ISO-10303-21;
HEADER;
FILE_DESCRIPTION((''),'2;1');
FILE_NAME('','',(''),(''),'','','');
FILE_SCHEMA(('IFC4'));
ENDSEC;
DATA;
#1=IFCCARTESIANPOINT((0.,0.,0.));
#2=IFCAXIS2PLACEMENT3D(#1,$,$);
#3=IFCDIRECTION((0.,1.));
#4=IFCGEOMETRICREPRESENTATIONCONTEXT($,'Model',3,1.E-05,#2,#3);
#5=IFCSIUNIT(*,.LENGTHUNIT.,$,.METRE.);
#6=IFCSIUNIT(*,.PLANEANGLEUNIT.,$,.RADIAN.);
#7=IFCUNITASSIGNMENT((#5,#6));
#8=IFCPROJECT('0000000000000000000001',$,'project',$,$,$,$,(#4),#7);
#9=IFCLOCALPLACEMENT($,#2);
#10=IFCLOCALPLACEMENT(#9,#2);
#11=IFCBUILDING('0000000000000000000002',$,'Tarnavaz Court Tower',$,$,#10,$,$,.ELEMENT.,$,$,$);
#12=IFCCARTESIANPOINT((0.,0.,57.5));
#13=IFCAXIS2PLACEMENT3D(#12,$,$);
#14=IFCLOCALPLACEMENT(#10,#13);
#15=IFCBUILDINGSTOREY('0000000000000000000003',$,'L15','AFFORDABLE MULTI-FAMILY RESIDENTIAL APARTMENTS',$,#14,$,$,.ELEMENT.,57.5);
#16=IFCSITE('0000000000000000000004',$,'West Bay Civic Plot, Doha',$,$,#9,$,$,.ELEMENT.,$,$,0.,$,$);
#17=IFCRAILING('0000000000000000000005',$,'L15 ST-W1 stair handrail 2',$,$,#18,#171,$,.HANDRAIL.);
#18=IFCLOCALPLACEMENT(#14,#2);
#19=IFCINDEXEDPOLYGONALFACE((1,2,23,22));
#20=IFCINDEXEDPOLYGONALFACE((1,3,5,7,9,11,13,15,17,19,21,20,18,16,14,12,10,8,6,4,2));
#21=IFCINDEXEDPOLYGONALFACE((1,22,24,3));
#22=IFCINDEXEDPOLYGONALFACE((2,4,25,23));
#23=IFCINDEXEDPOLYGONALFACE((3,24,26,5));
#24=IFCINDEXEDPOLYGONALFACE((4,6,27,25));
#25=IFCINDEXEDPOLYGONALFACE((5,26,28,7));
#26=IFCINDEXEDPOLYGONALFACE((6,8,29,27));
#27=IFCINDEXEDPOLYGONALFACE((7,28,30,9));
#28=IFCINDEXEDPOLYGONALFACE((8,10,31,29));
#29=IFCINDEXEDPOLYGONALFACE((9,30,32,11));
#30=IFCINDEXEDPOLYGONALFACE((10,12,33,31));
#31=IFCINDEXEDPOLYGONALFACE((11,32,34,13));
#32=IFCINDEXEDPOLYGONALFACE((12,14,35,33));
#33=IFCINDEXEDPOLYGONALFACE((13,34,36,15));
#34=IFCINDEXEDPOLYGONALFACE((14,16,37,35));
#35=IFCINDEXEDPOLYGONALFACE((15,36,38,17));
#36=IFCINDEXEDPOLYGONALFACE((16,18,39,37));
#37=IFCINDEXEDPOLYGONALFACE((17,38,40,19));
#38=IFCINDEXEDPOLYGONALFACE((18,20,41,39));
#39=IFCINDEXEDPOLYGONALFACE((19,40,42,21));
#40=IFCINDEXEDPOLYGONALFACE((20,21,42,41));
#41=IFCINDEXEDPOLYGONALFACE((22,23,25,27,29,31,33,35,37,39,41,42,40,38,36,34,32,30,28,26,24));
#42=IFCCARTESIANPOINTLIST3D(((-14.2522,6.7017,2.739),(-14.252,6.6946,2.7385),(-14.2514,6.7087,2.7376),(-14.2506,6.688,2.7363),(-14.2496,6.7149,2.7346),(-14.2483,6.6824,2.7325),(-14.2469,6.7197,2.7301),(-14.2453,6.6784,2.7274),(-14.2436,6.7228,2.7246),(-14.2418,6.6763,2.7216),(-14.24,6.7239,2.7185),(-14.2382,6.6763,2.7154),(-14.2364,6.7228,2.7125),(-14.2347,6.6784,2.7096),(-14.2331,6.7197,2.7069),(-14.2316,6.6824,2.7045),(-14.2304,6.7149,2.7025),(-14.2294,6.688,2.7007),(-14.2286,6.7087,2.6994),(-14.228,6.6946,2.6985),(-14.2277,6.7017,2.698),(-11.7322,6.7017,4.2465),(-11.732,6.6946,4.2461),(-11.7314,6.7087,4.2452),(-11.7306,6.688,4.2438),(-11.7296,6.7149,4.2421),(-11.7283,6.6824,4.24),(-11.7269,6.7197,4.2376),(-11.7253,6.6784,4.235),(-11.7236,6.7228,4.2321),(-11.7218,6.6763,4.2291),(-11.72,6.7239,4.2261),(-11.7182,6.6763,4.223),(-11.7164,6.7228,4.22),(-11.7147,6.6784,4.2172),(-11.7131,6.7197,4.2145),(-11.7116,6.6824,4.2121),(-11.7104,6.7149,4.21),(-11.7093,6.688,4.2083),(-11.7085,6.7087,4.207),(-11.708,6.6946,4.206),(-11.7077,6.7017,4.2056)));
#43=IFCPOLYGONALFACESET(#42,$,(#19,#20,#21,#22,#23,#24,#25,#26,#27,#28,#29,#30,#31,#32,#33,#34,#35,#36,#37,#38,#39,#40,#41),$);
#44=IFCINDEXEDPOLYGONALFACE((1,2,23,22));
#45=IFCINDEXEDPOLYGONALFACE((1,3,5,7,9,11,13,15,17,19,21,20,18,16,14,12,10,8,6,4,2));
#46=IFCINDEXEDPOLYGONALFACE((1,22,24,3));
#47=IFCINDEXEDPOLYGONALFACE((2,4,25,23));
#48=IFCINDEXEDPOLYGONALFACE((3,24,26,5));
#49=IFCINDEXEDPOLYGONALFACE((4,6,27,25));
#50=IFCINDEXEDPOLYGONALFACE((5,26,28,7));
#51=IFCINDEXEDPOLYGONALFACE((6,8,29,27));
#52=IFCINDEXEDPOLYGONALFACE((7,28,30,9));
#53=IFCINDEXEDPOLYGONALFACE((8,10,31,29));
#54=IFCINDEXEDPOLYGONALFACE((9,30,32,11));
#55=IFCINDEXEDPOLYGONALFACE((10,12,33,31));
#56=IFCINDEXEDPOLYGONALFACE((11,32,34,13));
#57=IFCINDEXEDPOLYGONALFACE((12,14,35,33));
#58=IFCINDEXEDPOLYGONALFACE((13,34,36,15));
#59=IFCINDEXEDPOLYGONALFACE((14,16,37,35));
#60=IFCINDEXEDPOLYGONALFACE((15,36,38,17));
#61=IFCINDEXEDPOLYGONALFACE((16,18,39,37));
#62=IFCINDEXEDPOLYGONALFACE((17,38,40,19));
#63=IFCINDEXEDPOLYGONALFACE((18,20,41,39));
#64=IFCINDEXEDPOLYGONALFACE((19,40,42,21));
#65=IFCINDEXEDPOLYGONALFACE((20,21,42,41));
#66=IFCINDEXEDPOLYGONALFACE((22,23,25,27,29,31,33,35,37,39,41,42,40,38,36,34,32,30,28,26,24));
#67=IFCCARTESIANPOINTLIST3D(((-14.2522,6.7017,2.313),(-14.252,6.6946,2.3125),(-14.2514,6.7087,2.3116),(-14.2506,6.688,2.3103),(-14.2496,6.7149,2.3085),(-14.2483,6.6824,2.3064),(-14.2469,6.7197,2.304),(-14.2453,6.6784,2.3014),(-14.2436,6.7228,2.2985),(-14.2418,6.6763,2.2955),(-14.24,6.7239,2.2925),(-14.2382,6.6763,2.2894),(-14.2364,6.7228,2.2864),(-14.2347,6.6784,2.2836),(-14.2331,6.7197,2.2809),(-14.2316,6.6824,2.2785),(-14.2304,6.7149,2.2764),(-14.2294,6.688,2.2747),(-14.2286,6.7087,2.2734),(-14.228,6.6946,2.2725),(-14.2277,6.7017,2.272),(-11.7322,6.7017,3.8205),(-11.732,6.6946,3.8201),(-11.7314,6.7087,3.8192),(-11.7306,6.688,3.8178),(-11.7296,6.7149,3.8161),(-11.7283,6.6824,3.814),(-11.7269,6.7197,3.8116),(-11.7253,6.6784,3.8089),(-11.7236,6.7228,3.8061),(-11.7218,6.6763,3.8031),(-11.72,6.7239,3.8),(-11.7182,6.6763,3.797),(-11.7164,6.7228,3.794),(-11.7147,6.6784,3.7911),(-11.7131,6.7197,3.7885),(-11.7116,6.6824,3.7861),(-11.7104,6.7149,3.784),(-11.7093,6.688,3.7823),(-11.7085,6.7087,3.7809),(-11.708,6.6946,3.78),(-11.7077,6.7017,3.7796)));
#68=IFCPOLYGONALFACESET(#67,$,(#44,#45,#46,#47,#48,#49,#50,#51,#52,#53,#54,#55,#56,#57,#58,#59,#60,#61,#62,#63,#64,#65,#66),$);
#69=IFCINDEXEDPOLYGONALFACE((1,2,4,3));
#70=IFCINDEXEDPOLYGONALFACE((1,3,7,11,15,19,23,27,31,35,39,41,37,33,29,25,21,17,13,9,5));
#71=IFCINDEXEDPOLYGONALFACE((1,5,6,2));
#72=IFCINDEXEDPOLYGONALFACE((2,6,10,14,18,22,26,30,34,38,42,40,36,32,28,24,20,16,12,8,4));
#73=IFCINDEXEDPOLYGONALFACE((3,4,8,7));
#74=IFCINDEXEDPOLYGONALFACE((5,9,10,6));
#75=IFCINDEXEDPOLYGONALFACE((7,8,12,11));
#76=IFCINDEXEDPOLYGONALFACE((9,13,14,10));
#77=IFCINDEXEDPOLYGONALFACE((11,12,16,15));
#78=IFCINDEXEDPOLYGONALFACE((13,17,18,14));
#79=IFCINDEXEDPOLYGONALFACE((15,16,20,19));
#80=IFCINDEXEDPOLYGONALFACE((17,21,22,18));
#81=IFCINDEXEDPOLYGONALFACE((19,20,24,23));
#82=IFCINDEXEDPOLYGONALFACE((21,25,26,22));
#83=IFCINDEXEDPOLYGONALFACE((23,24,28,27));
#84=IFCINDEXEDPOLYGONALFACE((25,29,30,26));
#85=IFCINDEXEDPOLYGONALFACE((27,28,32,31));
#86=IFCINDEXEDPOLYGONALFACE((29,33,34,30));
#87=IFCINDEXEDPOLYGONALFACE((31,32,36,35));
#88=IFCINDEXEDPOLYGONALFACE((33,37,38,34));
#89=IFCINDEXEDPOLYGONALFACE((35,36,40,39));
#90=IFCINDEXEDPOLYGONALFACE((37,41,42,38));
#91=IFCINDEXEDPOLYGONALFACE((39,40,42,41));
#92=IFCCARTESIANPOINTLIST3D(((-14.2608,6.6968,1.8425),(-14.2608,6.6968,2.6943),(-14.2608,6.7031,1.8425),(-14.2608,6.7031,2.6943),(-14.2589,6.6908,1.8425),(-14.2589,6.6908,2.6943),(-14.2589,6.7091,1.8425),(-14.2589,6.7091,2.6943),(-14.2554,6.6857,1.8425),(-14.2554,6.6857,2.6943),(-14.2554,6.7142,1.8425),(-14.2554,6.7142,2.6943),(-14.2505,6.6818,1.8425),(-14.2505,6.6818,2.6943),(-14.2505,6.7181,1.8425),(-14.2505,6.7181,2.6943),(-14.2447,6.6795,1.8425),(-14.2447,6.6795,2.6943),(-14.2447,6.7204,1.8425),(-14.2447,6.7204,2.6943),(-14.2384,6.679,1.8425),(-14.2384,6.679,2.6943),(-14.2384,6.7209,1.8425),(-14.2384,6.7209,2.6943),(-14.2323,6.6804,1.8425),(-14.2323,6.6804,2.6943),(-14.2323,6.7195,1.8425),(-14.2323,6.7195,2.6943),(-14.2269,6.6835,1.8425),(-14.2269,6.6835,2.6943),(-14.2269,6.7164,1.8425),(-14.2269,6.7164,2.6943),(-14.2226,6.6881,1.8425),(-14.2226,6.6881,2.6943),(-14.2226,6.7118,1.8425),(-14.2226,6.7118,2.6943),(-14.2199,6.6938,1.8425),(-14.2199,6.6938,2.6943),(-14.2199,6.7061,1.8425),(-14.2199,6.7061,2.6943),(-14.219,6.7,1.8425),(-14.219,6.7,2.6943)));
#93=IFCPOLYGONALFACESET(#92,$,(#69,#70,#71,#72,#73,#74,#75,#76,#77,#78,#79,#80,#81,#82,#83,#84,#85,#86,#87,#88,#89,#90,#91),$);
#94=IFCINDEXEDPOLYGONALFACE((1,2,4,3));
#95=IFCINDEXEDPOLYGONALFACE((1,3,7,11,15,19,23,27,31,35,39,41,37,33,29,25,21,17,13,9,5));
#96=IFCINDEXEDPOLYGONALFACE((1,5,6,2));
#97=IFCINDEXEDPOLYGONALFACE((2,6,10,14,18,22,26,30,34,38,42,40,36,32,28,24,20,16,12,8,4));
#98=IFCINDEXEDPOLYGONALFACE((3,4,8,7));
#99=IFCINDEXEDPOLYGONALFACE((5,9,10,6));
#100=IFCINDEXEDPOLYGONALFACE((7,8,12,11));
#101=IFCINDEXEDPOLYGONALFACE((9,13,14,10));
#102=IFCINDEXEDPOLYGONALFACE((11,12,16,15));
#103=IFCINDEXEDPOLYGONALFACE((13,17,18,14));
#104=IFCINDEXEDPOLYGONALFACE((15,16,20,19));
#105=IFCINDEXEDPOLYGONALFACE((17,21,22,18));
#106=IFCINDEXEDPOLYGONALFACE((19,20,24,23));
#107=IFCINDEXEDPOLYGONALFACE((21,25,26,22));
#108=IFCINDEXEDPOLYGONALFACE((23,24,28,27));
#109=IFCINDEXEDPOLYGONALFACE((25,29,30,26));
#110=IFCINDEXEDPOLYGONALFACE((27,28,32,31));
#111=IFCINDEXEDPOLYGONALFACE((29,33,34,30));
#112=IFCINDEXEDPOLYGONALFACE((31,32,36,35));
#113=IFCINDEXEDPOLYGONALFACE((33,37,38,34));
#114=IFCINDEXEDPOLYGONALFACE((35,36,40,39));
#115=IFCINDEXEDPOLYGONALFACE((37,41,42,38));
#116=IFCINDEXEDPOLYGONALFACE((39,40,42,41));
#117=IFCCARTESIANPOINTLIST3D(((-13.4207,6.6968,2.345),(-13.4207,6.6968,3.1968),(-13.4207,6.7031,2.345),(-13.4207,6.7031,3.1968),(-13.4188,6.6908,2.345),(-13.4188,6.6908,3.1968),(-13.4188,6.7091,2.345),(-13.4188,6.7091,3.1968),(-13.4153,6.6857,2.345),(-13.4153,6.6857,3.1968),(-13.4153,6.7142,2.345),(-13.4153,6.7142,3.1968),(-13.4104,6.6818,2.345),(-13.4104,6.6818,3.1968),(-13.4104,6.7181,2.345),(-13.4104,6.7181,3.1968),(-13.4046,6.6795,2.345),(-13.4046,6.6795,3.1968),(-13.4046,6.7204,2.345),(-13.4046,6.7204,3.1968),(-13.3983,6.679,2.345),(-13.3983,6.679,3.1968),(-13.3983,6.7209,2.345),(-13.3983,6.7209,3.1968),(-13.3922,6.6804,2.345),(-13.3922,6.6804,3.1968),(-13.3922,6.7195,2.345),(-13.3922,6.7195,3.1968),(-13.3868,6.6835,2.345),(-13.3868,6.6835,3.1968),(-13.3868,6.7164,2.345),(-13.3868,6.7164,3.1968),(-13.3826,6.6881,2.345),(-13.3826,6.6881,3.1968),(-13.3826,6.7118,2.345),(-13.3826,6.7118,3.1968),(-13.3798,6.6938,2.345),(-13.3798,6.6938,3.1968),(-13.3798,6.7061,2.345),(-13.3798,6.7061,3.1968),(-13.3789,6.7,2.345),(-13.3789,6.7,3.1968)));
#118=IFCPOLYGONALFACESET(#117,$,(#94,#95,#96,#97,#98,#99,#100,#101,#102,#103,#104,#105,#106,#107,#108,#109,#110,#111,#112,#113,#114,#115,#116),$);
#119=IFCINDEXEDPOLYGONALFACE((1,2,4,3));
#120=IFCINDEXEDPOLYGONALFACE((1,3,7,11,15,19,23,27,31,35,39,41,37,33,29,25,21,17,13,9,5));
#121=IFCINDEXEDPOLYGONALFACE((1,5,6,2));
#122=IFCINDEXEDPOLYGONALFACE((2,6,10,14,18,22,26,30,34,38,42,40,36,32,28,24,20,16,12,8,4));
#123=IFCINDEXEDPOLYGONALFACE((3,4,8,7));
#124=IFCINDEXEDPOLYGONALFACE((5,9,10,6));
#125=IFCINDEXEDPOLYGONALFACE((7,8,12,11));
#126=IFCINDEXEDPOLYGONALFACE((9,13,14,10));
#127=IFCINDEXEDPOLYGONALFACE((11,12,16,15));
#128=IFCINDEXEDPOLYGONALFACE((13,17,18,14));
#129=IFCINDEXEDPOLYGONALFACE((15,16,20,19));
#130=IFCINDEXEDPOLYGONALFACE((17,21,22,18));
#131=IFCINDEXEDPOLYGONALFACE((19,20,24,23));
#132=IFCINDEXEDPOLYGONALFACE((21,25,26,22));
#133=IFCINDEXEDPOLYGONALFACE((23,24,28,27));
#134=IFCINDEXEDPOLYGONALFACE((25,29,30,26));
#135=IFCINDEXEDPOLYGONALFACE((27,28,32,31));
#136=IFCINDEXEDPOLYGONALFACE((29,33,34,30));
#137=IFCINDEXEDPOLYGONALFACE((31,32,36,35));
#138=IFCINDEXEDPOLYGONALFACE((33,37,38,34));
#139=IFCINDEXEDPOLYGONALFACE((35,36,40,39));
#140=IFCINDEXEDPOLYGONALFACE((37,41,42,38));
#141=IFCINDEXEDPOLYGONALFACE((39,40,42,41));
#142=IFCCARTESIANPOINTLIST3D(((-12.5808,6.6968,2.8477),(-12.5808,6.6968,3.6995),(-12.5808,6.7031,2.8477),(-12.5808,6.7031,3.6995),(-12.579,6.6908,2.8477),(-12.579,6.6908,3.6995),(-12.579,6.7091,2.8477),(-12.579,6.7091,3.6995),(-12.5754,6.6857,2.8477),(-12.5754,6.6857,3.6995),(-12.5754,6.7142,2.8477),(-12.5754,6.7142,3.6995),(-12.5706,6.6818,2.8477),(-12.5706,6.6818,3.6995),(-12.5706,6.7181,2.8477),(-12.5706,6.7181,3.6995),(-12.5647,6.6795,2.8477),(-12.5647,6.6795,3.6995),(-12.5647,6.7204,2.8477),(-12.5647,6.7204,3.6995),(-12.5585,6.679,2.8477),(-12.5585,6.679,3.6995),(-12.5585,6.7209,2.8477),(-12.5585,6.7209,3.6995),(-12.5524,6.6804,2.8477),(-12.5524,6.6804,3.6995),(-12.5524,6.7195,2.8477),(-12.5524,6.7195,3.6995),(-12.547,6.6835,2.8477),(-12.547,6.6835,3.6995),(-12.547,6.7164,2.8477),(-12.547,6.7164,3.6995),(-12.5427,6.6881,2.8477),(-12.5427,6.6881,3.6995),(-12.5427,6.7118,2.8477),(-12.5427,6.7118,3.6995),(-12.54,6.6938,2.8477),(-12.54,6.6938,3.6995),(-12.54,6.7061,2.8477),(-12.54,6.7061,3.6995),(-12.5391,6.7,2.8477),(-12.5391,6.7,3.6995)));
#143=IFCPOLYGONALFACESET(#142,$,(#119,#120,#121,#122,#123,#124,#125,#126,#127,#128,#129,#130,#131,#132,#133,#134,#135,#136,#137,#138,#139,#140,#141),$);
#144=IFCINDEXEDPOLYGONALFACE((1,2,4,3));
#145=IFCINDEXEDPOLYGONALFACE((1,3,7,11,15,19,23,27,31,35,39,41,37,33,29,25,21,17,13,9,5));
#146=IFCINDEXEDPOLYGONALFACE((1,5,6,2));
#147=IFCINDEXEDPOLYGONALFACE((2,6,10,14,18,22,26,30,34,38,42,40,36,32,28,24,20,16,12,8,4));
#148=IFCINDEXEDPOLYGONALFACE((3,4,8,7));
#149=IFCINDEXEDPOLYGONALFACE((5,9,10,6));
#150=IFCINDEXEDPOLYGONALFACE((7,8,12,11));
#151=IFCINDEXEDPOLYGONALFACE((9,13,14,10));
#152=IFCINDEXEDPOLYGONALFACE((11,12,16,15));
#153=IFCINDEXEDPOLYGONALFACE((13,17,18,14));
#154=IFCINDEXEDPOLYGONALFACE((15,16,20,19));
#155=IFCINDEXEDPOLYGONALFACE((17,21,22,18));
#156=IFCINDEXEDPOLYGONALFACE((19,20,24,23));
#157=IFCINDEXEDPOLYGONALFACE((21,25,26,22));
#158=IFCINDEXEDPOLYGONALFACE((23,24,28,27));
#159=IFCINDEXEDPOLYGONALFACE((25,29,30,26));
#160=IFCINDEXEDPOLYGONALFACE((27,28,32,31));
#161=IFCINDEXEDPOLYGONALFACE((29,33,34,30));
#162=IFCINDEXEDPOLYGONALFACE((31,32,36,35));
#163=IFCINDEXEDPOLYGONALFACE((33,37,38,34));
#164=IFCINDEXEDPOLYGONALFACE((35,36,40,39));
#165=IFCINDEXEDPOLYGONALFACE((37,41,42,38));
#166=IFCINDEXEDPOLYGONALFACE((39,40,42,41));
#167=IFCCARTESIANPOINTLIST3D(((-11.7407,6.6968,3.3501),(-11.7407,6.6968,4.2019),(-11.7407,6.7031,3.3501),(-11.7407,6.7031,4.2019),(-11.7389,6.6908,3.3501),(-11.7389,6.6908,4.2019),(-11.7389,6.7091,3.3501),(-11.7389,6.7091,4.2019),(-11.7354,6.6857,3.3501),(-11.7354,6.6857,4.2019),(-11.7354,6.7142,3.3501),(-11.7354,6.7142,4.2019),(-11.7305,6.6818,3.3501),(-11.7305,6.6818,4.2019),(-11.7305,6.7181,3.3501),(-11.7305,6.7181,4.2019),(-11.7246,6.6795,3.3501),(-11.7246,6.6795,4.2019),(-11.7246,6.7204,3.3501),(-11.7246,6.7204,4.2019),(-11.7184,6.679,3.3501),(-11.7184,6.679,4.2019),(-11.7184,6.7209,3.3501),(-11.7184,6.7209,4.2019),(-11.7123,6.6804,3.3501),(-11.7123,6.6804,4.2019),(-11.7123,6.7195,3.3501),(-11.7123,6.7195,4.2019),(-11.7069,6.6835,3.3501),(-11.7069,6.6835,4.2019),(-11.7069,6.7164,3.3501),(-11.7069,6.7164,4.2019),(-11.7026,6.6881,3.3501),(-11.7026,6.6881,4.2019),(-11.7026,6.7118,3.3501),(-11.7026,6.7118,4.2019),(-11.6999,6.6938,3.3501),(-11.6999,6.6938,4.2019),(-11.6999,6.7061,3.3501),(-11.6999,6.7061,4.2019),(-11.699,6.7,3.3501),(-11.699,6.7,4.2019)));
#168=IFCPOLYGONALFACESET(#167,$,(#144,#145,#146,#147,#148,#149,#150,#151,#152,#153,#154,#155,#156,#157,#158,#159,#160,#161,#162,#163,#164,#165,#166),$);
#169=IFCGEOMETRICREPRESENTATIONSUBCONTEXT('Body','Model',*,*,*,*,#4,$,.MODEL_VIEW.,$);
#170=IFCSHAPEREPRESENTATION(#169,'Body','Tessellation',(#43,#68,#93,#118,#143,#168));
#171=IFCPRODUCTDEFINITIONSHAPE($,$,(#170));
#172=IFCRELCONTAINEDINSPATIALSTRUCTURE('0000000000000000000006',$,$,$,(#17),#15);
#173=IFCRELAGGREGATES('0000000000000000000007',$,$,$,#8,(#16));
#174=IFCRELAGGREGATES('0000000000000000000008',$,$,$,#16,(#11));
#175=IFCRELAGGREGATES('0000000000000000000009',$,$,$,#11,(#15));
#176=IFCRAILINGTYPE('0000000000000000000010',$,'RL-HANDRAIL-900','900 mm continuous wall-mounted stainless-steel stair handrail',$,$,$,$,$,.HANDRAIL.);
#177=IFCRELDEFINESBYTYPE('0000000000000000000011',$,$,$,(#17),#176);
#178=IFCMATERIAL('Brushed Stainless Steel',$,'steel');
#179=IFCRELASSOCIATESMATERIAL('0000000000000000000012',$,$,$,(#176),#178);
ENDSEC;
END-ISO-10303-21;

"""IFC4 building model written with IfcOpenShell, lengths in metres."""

from ifc_helpers import new_model, si_unit, direction, frame, origin, origin_2d, place, context, subcontext, project, spatial, circle, extrude, material, type_object, element, save


model = new_model("IFC4")

# Units and contexts
model_context = context("Model", 3, precision=1e-05, world=origin(), true_north=direction((0.0, 1.0)))
body_context = subcontext(model_context, "Body", "Model", "MODEL_VIEW")
ifc_project = project(units=[si_unit("LENGTHUNIT", "METRE"), si_unit("PLANEANGLEUNIT", "RADIAN")], contexts=[model_context])

# Site, building, storey
site_placement = place(None, origin())
site = spatial("IfcSite", under=ifc_project, at=site_placement, Name="West Bay Civic Plot, Doha", CompositionType="ELEMENT", RefElevation=0.0)
building_placement = place(site_placement, origin())
building = spatial("IfcBuilding", under=site, at=building_placement, Name="Tarnavaz Court Tower", CompositionType="ELEMENT")
storey_placement = place(building_placement, frame((0.0, 0.0, 57.5)))
storey = spatial("IfcBuildingStorey", under=building, at=storey_placement, Name="L15", Description="AFFORDABLE MULTI-FAMILY RESIDENTIAL APARTMENTS", CompositionType="ELEMENT", Elevation=57.5)

# Railing
ifc_material_1 = material(Name="Brushed Stainless Steel", Category="steel")
railing_type_1 = type_object("IfcRailingType", Name="RL-HANDRAIL-900", Description="900 mm continuous wall-mounted stainless-steel stair handrail", PredefinedType="HANDRAIL", material=ifc_material_1)
railing_1_placement = place(storey_placement, frame((-14.24, 6.7, 1.8425)))
element("IfcRailing", 1, at=railing_1_placement, inside=storey, type_object=railing_type_1, Name="L15 ST-W1 stair handrail 2", PredefinedType="HANDRAIL", context=body_context, shape_type="SweptSolid", body=[
    extrude(circle(Radius=0.0239, at=origin_2d()), frame((0.0, 0.0, 0.876), z_axis=(0.85816, 0.0, 0.513383), x_axis=(0.0, 1.0, 0.0)), (0.0, 0.0, 1.0), 2.9365),
    extrude(circle(Radius=0.0239, at=origin_2d()), frame((0.0, 0.0, 0.45), z_axis=(0.85816, 0.0, 0.513383), x_axis=(0.0, 1.0, 0.0)), (0.0, 0.0, 1.0), 2.9365),
    extrude(circle(Radius=0.021, at=origin_2d()), origin(), (0.0, 0.0, 1.0), 0.8518),
    extrude(circle(Radius=0.021, at=origin_2d()), frame((0.8401, 0.0, 0.5024)), (0.0, 0.0, 1.0), 0.8518),
    extrude(circle(Radius=0.021, at=origin_2d()), frame((1.6799, 0.0, 1.0051)), (0.0, 0.0, 1.0), 0.8518),
    extrude(circle(Radius=0.021, at=origin_2d()), frame((2.52, 0.0, 1.5076)), (0.0, 0.0, 1.0), 0.8518),
])

save(model, "model.ifc")
